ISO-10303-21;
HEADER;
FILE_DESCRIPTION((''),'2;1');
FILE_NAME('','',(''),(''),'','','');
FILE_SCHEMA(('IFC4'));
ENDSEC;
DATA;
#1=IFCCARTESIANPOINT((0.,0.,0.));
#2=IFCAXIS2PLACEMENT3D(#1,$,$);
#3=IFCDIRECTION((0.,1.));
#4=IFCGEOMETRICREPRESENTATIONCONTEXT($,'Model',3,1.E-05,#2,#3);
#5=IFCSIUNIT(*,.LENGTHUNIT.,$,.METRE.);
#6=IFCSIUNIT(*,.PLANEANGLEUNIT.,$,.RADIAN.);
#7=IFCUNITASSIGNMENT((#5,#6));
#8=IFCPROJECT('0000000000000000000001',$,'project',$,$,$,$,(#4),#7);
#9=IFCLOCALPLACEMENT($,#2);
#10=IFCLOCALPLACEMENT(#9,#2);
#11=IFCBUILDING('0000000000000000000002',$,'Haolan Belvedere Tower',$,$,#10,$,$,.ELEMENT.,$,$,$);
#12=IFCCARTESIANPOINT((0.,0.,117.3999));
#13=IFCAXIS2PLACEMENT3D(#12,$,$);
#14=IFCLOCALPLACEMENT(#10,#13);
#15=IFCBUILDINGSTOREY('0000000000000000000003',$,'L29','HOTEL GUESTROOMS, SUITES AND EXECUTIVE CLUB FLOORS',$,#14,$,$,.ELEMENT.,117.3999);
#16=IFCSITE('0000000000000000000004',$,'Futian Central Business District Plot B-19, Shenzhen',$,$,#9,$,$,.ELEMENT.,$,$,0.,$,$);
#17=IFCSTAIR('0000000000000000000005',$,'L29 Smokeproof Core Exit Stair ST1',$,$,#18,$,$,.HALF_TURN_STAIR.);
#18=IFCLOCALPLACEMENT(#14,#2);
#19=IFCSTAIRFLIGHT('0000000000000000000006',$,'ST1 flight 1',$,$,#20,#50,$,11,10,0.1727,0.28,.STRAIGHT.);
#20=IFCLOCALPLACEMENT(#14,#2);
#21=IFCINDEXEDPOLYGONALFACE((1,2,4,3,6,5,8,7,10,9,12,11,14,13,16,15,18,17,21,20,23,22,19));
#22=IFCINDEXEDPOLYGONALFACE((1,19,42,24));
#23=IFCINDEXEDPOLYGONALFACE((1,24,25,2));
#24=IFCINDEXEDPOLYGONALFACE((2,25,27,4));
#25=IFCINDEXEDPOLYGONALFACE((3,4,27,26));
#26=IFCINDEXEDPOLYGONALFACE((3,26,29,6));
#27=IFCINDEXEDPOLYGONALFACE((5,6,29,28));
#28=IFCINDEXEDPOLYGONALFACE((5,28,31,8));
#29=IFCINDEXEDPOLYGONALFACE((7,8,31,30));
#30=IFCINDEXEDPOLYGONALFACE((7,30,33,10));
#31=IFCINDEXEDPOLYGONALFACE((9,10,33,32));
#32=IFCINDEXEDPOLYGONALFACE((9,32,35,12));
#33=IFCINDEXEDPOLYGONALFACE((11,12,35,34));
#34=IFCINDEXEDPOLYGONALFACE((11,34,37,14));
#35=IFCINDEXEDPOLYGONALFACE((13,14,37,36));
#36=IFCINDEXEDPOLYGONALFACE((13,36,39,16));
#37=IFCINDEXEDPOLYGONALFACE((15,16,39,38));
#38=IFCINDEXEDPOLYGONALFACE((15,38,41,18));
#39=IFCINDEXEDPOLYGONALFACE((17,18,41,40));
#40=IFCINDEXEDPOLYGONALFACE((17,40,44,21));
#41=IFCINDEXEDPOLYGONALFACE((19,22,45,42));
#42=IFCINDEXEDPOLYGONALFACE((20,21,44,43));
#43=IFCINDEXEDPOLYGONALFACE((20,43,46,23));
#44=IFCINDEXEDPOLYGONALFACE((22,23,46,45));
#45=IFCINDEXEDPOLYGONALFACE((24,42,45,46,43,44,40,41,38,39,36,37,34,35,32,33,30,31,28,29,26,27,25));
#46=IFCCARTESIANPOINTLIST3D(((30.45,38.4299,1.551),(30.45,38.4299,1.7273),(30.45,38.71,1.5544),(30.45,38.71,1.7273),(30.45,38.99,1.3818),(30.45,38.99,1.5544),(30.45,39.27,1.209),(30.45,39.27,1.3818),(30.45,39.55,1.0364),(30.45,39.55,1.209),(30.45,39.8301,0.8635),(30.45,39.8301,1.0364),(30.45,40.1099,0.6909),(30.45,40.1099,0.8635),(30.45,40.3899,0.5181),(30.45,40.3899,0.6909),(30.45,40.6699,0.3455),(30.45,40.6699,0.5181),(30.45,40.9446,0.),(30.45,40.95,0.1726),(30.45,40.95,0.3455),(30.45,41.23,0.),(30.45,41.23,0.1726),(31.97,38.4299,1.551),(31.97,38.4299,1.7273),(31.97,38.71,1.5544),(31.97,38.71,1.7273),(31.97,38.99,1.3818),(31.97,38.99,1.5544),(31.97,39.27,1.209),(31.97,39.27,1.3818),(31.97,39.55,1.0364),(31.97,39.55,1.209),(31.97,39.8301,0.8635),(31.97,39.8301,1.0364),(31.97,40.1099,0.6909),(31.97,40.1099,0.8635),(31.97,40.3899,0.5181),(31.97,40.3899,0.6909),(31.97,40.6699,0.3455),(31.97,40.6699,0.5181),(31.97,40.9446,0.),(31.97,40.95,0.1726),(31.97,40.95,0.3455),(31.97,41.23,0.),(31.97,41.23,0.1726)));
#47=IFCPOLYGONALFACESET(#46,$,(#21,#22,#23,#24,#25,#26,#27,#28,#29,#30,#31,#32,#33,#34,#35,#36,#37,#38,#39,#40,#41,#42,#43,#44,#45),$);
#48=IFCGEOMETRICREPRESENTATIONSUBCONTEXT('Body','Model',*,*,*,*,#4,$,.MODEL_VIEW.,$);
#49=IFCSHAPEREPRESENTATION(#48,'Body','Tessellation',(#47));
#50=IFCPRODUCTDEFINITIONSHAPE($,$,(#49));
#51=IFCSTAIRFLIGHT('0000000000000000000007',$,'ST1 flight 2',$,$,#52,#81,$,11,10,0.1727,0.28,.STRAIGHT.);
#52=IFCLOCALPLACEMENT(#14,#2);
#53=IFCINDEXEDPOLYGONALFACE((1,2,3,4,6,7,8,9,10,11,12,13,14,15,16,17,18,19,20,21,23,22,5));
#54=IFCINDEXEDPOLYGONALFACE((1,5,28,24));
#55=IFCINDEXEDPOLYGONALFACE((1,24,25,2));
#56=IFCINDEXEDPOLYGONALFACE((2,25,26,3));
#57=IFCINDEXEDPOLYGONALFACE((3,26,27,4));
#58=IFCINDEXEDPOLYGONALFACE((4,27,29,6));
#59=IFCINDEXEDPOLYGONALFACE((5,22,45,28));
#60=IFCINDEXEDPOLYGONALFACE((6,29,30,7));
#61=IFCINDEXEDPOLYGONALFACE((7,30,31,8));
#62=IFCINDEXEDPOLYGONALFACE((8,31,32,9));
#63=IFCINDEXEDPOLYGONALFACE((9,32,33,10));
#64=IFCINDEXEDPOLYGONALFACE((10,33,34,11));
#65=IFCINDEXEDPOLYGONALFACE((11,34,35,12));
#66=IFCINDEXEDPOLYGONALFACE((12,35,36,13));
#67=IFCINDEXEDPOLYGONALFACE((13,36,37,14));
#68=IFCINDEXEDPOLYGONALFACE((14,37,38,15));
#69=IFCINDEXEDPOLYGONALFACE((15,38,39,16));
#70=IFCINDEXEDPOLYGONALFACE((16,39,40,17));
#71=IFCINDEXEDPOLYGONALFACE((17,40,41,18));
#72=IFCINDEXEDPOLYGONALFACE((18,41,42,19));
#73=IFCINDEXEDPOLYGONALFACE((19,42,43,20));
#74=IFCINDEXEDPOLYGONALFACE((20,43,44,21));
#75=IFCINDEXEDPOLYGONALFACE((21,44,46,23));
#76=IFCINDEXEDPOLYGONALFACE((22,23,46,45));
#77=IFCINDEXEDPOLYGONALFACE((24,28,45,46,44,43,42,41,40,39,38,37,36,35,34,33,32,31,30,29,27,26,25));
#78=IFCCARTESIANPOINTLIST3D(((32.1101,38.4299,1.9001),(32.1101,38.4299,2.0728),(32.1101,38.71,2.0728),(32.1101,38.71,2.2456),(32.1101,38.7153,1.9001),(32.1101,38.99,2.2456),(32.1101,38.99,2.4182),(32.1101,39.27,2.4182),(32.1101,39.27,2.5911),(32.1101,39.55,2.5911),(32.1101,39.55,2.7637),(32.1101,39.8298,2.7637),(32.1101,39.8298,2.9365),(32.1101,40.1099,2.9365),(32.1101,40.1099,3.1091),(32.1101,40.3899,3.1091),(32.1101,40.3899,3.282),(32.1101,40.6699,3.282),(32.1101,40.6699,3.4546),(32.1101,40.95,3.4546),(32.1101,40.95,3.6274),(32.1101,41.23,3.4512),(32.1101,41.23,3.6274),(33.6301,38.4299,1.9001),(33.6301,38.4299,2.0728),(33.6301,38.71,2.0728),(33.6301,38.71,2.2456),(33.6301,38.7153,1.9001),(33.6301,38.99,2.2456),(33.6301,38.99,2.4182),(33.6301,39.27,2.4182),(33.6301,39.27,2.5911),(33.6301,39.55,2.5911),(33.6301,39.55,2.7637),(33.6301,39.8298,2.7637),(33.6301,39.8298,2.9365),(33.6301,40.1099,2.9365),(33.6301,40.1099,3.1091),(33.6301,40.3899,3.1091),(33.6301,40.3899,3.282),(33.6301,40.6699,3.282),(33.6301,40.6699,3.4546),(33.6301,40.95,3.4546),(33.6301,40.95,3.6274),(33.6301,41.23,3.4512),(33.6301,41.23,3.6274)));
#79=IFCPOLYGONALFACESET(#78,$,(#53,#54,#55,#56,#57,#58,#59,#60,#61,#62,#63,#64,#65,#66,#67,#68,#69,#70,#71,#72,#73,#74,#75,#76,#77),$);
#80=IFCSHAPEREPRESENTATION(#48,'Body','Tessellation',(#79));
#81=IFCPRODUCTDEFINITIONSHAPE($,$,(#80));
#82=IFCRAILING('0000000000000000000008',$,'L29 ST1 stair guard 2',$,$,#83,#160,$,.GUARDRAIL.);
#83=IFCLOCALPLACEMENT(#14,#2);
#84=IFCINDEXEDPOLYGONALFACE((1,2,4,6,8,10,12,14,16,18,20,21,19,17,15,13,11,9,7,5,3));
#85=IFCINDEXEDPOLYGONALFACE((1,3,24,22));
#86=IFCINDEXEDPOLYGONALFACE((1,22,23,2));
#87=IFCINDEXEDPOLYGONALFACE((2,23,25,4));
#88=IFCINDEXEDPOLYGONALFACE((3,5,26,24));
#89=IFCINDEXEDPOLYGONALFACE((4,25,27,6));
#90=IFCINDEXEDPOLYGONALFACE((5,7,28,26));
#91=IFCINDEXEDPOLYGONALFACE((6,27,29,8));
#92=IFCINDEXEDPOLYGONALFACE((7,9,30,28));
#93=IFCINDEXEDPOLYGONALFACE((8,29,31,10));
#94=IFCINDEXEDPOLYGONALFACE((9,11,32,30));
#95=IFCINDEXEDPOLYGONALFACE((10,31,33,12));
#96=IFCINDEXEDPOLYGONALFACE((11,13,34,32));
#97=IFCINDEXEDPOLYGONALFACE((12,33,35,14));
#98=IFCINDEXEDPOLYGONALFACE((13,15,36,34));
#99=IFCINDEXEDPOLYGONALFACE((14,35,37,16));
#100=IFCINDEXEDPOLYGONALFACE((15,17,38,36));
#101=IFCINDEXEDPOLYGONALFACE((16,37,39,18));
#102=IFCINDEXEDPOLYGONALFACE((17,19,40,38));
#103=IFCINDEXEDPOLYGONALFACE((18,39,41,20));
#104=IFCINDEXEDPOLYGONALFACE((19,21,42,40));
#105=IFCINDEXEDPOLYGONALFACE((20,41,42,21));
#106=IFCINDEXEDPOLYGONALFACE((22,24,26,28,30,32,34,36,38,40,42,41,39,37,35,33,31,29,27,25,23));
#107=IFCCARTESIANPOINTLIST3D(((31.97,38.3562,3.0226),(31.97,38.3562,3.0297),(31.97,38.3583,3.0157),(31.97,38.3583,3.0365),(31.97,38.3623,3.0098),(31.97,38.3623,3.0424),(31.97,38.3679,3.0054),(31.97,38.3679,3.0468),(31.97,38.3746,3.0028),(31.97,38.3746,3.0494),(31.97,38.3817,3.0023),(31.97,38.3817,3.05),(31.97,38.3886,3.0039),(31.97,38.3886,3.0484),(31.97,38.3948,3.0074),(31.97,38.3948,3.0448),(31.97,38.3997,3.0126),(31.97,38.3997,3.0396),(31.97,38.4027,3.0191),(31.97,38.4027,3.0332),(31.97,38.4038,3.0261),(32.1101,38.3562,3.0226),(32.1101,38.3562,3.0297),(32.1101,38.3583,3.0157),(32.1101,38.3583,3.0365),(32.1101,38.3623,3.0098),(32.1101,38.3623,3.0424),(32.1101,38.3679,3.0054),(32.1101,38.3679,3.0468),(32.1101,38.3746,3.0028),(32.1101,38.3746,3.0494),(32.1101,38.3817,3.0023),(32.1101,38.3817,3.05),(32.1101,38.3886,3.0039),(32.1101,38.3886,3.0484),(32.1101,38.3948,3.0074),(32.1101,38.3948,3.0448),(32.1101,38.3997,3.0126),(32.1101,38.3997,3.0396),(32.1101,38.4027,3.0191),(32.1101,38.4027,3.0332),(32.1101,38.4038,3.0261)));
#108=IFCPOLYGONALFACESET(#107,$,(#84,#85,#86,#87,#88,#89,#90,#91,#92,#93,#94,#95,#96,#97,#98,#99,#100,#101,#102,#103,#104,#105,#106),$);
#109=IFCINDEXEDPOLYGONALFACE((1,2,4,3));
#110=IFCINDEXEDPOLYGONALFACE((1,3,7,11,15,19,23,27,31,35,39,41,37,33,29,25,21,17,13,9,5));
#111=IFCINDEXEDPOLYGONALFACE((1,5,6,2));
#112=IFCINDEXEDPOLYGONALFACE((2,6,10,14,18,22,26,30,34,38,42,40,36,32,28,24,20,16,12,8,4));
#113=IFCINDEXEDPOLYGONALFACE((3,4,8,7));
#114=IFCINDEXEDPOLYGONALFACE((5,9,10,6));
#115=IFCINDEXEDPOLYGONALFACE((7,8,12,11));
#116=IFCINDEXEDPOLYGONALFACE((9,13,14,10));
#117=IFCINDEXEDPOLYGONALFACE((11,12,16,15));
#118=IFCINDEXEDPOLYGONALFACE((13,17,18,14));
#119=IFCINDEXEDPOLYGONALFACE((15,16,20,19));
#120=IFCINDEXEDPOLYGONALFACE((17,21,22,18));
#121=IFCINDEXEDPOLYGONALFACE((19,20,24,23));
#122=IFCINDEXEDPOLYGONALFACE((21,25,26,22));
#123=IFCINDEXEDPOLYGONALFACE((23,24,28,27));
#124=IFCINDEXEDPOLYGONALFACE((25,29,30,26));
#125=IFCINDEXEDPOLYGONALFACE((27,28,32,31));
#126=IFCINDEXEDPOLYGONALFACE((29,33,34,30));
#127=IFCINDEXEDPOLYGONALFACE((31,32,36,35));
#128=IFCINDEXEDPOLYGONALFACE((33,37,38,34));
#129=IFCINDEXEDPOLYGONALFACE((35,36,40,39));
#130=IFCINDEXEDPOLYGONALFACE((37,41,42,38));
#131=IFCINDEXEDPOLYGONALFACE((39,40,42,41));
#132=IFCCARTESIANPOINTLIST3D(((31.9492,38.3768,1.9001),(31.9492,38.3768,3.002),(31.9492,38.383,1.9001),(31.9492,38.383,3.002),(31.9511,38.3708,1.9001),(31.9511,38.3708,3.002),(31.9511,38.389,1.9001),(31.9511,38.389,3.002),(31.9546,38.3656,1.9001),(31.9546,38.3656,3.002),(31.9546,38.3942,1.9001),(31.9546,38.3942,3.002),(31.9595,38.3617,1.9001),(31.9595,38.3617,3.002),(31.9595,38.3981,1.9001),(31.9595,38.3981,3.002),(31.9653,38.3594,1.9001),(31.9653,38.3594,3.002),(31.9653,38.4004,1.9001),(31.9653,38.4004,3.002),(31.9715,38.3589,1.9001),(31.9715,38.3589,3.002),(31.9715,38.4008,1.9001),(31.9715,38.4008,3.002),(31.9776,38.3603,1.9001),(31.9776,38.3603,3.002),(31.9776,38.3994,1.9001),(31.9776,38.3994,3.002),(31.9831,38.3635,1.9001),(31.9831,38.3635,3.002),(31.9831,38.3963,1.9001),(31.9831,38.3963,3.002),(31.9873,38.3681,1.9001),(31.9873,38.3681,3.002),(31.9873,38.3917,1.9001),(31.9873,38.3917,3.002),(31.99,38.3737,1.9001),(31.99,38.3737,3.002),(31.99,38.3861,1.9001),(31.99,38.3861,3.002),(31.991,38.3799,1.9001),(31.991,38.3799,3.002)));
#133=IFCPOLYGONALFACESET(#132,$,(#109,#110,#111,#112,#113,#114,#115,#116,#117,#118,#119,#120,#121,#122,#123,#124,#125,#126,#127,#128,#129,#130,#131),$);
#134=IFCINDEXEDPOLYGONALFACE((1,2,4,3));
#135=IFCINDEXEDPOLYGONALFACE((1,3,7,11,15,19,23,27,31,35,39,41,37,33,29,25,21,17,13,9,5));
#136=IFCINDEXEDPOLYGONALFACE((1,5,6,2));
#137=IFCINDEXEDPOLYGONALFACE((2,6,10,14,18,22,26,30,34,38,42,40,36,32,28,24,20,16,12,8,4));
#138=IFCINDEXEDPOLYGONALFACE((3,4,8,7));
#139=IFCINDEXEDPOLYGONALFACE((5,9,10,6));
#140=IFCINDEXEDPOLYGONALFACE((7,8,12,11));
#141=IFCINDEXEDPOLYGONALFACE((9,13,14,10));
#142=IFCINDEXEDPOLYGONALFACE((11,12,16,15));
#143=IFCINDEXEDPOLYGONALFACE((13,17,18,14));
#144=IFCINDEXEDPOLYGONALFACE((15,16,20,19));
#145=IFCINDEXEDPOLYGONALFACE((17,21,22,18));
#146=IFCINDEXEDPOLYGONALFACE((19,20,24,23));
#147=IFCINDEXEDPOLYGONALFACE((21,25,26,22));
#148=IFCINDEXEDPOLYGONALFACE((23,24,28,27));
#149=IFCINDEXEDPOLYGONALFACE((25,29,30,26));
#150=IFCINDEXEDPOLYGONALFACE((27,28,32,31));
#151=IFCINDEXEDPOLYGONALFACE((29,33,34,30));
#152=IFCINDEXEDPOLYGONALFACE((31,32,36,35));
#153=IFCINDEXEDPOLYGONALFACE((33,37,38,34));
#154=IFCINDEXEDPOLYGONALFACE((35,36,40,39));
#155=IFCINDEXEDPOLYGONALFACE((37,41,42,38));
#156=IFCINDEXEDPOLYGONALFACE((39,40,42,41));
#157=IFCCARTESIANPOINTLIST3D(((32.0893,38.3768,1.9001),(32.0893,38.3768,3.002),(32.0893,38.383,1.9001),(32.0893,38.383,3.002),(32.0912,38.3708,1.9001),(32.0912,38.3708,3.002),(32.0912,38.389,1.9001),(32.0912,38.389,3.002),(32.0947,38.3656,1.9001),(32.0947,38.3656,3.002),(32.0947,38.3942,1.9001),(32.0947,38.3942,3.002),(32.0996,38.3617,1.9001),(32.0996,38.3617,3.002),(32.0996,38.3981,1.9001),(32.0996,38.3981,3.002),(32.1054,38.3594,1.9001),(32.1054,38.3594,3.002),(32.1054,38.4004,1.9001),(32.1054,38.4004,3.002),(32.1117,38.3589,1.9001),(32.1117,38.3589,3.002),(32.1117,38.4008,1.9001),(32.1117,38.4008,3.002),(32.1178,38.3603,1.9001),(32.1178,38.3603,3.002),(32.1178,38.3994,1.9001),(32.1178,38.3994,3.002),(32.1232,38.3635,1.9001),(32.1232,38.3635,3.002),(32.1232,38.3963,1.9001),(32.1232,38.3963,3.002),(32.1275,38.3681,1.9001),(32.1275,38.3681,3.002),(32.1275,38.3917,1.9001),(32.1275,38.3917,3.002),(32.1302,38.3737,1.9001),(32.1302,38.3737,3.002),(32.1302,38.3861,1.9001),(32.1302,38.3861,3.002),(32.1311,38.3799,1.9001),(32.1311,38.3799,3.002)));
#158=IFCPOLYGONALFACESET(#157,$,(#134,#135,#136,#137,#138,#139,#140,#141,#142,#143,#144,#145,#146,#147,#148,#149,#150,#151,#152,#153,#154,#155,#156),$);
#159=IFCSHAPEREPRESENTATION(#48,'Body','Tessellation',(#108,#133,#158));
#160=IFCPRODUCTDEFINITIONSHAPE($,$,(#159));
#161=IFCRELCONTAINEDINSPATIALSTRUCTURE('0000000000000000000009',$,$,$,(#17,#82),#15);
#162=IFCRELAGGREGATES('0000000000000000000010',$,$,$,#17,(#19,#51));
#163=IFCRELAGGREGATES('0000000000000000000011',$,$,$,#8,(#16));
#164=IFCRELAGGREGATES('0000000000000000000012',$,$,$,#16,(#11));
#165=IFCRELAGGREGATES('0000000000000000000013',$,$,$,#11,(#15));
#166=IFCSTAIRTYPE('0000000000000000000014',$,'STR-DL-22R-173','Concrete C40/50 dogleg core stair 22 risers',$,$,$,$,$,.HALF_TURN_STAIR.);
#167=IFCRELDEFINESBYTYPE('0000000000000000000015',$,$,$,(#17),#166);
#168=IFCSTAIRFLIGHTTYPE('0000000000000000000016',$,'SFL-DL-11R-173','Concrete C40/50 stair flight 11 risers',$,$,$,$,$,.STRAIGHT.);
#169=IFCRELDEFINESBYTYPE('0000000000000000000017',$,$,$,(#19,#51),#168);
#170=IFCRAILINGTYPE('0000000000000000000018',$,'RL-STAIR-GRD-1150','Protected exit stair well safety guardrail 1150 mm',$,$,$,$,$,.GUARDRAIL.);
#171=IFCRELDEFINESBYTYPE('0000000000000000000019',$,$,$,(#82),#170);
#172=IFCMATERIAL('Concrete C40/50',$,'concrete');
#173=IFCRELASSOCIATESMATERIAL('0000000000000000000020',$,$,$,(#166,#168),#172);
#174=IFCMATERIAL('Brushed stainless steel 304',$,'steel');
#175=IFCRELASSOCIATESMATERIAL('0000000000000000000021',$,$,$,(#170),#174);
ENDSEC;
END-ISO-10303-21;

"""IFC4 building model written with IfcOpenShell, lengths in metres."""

from ifc_helpers import new_model, si_unit, direction, frame, origin, origin_2d, place, context, subcontext, project, spatial, polyline, circle, outline, extrude, material, type_object, element, aggregate, save


model = new_model("IFC4")

# Units and contexts
model_context = context("Model", 3, precision=1e-05, world=origin(), true_north=direction((0.0, 1.0)))
body_context = subcontext(model_context, "Body", "Model", "MODEL_VIEW")
ifc_project = project(units=[si_unit("LENGTHUNIT", "METRE"), si_unit("PLANEANGLEUNIT", "RADIAN")], contexts=[model_context])

# Site, building, storey
site_placement = place(None, origin())
site = spatial("IfcSite", under=ifc_project, at=site_placement, Name="Futian Central Business District Plot B-19, Shenzhen", CompositionType="ELEMENT", RefElevation=0.0)
building_placement = place(site_placement, origin())
building = spatial("IfcBuilding", under=site, at=building_placement, Name="Haolan Belvedere Tower", CompositionType="ELEMENT")
storey_placement = place(building_placement, frame((0.0, 0.0, 117.3999)))
storey = spatial("IfcBuildingStorey", under=building, at=storey_placement, Name="L29", Description="HOTEL GUESTROOMS, SUITES AND EXECUTIVE CLUB FLOORS", CompositionType="ELEMENT", Elevation=117.3999)

# Stair, stair flights
ifc_material_1 = material(Name="Concrete C40/50", Category="concrete")
stair_type = type_object("IfcStairType", Name="STR-DL-22R-173", Description="Concrete C40/50 dogleg core stair 22 risers", PredefinedType="HALF_TURN_STAIR", material=ifc_material_1)
stair_placement = place(storey_placement, origin())
stair = element("IfcStair", 1, at=stair_placement, inside=storey, type_object=stair_type, Name="L29 Smokeproof Core Exit Stair ST1", PredefinedType="HALF_TURN_STAIR")
stair_flight_type = type_object("IfcStairFlightType", Name="SFL-DL-11R-173", Description="Concrete C40/50 stair flight 11 risers", PredefinedType="STRAIGHT", material=ifc_material_1)
stair_flight_1_placement = place(storey_placement, frame((31.21, 41.23, 0.0), z_axis=(0.0, 0.0, 1.0), x_axis=(0.0, -1.0, 0.0)))
stair_flight_1 = element("IfcStairFlight", 2, at=stair_flight_1_placement, type_object=stair_flight_type, Name="ST1 flight 1", NumberOfRisers=11, NumberOfTreads=10, PredefinedType="STRAIGHT", RiserHeight=0.1727, TreadLength=0.28, context=body_context, shape_type="SweptSolid", body=[
    extrude(outline(polyline([(0.0, 0.0), (0.0, 0.1726), (0.28, 0.1726), (0.28, 0.3455), (0.5601, 0.3455), (0.5601, 0.5181), (0.8401, 0.5181), (0.8401, 0.6909), (1.1201, 0.6909), (1.1201, 0.8635), (1.3999, 0.8635), (1.3999, 1.0364), (1.6799, 1.0364), (1.6799, 1.209), (1.96, 1.209), (1.96, 1.3818), (2.24, 1.3818), (2.24, 1.5544), (2.52, 1.5544), (2.52, 1.7273), (2.8, 1.7273), (2.8, 1.8999), (2.8, 1.551), (0.2854, 0.0), (0.0, 0.0)])), frame((0.0, 0.76, 0.0), z_axis=(0.0, -1.0, 0.0), x_axis=(1.0, 0.0, 0.0)), (0.0, 0.0, 1.0), 1.52),
])
stair_flight_2_placement = place(storey_placement, frame((32.8701, 38.4299, 1.9001), z_axis=(0.0, 0.0, 1.0), x_axis=(0.0, 1.0, 0.0)))
stair_flight_2 = element("IfcStairFlight", 3, at=stair_flight_2_placement, type_object=stair_flight_type, Name="ST1 flight 2", NumberOfRisers=11, NumberOfTreads=10, PredefinedType="STRAIGHT", RiserHeight=0.1727, TreadLength=0.28, context=body_context, shape_type="SweptSolid", body=[
    extrude(outline(polyline([(0.0, 0.0), (0.0, 0.1726), (0.28, 0.1726), (0.28, 0.3455), (0.5601, 0.3455), (0.5601, 0.5181), (0.8401, 0.5181), (0.8401, 0.6909), (1.1201, 0.6909), (1.1201, 0.8635), (1.3999, 0.8635), (1.3999, 1.0364), (1.6799, 1.0364), (1.6799, 1.209), (1.96, 1.209), (1.96, 1.3818), (2.24, 1.3818), (2.24, 1.5544), (2.52, 1.5544), (2.52, 1.7273), (2.8, 1.7273), (2.8, 1.8999), (2.8, 1.551), (0.2854, 0.0), (0.0, 0.0)])), frame((0.0, 0.76, 0.0), z_axis=(0.0, -1.0, 0.0), x_axis=(1.0, 0.0, 0.0)), (0.0, 0.0, 1.0), 1.52),
])
aggregate(stair, [stair_flight_1, stair_flight_2])

# Railing
ifc_material_2 = material(Name="Brushed stainless steel 304", Category="steel")
railing_type_1 = type_object("IfcRailingType", Name="RL-STAIR-GRD-1150", Description="Protected exit stair well safety guardrail 1150 mm", PredefinedType="GUARDRAIL", material=ifc_material_2)
railing_1_placement = place(storey_placement, frame((31.97, 38.3799, 1.9001)))
element("IfcRailing", 4, at=railing_1_placement, inside=storey, type_object=railing_type_1, Name="L29 ST1 stair guard 2", PredefinedType="GUARDRAIL", context=body_context, shape_type="SweptSolid", body=[
    extrude(circle(Radius=0.0239, at=origin_2d()), frame((0.0, 0.0, 1.126), z_axis=(1.0, 0.0, 0.0), x_axis=(0.0, 1.0, 0.0)), (0.0, 0.0, 1.0), 0.1401),
    extrude(circle(Radius=0.021, at=origin_2d()), origin(), (0.0, 0.0, 1.0), 1.1018),
    extrude(circle(Radius=0.021, at=origin_2d()), frame((0.1401, 0.0, 0.0)), (0.0, 0.0, 1.0), 1.1018),
])

save(model, "model.ifc")
